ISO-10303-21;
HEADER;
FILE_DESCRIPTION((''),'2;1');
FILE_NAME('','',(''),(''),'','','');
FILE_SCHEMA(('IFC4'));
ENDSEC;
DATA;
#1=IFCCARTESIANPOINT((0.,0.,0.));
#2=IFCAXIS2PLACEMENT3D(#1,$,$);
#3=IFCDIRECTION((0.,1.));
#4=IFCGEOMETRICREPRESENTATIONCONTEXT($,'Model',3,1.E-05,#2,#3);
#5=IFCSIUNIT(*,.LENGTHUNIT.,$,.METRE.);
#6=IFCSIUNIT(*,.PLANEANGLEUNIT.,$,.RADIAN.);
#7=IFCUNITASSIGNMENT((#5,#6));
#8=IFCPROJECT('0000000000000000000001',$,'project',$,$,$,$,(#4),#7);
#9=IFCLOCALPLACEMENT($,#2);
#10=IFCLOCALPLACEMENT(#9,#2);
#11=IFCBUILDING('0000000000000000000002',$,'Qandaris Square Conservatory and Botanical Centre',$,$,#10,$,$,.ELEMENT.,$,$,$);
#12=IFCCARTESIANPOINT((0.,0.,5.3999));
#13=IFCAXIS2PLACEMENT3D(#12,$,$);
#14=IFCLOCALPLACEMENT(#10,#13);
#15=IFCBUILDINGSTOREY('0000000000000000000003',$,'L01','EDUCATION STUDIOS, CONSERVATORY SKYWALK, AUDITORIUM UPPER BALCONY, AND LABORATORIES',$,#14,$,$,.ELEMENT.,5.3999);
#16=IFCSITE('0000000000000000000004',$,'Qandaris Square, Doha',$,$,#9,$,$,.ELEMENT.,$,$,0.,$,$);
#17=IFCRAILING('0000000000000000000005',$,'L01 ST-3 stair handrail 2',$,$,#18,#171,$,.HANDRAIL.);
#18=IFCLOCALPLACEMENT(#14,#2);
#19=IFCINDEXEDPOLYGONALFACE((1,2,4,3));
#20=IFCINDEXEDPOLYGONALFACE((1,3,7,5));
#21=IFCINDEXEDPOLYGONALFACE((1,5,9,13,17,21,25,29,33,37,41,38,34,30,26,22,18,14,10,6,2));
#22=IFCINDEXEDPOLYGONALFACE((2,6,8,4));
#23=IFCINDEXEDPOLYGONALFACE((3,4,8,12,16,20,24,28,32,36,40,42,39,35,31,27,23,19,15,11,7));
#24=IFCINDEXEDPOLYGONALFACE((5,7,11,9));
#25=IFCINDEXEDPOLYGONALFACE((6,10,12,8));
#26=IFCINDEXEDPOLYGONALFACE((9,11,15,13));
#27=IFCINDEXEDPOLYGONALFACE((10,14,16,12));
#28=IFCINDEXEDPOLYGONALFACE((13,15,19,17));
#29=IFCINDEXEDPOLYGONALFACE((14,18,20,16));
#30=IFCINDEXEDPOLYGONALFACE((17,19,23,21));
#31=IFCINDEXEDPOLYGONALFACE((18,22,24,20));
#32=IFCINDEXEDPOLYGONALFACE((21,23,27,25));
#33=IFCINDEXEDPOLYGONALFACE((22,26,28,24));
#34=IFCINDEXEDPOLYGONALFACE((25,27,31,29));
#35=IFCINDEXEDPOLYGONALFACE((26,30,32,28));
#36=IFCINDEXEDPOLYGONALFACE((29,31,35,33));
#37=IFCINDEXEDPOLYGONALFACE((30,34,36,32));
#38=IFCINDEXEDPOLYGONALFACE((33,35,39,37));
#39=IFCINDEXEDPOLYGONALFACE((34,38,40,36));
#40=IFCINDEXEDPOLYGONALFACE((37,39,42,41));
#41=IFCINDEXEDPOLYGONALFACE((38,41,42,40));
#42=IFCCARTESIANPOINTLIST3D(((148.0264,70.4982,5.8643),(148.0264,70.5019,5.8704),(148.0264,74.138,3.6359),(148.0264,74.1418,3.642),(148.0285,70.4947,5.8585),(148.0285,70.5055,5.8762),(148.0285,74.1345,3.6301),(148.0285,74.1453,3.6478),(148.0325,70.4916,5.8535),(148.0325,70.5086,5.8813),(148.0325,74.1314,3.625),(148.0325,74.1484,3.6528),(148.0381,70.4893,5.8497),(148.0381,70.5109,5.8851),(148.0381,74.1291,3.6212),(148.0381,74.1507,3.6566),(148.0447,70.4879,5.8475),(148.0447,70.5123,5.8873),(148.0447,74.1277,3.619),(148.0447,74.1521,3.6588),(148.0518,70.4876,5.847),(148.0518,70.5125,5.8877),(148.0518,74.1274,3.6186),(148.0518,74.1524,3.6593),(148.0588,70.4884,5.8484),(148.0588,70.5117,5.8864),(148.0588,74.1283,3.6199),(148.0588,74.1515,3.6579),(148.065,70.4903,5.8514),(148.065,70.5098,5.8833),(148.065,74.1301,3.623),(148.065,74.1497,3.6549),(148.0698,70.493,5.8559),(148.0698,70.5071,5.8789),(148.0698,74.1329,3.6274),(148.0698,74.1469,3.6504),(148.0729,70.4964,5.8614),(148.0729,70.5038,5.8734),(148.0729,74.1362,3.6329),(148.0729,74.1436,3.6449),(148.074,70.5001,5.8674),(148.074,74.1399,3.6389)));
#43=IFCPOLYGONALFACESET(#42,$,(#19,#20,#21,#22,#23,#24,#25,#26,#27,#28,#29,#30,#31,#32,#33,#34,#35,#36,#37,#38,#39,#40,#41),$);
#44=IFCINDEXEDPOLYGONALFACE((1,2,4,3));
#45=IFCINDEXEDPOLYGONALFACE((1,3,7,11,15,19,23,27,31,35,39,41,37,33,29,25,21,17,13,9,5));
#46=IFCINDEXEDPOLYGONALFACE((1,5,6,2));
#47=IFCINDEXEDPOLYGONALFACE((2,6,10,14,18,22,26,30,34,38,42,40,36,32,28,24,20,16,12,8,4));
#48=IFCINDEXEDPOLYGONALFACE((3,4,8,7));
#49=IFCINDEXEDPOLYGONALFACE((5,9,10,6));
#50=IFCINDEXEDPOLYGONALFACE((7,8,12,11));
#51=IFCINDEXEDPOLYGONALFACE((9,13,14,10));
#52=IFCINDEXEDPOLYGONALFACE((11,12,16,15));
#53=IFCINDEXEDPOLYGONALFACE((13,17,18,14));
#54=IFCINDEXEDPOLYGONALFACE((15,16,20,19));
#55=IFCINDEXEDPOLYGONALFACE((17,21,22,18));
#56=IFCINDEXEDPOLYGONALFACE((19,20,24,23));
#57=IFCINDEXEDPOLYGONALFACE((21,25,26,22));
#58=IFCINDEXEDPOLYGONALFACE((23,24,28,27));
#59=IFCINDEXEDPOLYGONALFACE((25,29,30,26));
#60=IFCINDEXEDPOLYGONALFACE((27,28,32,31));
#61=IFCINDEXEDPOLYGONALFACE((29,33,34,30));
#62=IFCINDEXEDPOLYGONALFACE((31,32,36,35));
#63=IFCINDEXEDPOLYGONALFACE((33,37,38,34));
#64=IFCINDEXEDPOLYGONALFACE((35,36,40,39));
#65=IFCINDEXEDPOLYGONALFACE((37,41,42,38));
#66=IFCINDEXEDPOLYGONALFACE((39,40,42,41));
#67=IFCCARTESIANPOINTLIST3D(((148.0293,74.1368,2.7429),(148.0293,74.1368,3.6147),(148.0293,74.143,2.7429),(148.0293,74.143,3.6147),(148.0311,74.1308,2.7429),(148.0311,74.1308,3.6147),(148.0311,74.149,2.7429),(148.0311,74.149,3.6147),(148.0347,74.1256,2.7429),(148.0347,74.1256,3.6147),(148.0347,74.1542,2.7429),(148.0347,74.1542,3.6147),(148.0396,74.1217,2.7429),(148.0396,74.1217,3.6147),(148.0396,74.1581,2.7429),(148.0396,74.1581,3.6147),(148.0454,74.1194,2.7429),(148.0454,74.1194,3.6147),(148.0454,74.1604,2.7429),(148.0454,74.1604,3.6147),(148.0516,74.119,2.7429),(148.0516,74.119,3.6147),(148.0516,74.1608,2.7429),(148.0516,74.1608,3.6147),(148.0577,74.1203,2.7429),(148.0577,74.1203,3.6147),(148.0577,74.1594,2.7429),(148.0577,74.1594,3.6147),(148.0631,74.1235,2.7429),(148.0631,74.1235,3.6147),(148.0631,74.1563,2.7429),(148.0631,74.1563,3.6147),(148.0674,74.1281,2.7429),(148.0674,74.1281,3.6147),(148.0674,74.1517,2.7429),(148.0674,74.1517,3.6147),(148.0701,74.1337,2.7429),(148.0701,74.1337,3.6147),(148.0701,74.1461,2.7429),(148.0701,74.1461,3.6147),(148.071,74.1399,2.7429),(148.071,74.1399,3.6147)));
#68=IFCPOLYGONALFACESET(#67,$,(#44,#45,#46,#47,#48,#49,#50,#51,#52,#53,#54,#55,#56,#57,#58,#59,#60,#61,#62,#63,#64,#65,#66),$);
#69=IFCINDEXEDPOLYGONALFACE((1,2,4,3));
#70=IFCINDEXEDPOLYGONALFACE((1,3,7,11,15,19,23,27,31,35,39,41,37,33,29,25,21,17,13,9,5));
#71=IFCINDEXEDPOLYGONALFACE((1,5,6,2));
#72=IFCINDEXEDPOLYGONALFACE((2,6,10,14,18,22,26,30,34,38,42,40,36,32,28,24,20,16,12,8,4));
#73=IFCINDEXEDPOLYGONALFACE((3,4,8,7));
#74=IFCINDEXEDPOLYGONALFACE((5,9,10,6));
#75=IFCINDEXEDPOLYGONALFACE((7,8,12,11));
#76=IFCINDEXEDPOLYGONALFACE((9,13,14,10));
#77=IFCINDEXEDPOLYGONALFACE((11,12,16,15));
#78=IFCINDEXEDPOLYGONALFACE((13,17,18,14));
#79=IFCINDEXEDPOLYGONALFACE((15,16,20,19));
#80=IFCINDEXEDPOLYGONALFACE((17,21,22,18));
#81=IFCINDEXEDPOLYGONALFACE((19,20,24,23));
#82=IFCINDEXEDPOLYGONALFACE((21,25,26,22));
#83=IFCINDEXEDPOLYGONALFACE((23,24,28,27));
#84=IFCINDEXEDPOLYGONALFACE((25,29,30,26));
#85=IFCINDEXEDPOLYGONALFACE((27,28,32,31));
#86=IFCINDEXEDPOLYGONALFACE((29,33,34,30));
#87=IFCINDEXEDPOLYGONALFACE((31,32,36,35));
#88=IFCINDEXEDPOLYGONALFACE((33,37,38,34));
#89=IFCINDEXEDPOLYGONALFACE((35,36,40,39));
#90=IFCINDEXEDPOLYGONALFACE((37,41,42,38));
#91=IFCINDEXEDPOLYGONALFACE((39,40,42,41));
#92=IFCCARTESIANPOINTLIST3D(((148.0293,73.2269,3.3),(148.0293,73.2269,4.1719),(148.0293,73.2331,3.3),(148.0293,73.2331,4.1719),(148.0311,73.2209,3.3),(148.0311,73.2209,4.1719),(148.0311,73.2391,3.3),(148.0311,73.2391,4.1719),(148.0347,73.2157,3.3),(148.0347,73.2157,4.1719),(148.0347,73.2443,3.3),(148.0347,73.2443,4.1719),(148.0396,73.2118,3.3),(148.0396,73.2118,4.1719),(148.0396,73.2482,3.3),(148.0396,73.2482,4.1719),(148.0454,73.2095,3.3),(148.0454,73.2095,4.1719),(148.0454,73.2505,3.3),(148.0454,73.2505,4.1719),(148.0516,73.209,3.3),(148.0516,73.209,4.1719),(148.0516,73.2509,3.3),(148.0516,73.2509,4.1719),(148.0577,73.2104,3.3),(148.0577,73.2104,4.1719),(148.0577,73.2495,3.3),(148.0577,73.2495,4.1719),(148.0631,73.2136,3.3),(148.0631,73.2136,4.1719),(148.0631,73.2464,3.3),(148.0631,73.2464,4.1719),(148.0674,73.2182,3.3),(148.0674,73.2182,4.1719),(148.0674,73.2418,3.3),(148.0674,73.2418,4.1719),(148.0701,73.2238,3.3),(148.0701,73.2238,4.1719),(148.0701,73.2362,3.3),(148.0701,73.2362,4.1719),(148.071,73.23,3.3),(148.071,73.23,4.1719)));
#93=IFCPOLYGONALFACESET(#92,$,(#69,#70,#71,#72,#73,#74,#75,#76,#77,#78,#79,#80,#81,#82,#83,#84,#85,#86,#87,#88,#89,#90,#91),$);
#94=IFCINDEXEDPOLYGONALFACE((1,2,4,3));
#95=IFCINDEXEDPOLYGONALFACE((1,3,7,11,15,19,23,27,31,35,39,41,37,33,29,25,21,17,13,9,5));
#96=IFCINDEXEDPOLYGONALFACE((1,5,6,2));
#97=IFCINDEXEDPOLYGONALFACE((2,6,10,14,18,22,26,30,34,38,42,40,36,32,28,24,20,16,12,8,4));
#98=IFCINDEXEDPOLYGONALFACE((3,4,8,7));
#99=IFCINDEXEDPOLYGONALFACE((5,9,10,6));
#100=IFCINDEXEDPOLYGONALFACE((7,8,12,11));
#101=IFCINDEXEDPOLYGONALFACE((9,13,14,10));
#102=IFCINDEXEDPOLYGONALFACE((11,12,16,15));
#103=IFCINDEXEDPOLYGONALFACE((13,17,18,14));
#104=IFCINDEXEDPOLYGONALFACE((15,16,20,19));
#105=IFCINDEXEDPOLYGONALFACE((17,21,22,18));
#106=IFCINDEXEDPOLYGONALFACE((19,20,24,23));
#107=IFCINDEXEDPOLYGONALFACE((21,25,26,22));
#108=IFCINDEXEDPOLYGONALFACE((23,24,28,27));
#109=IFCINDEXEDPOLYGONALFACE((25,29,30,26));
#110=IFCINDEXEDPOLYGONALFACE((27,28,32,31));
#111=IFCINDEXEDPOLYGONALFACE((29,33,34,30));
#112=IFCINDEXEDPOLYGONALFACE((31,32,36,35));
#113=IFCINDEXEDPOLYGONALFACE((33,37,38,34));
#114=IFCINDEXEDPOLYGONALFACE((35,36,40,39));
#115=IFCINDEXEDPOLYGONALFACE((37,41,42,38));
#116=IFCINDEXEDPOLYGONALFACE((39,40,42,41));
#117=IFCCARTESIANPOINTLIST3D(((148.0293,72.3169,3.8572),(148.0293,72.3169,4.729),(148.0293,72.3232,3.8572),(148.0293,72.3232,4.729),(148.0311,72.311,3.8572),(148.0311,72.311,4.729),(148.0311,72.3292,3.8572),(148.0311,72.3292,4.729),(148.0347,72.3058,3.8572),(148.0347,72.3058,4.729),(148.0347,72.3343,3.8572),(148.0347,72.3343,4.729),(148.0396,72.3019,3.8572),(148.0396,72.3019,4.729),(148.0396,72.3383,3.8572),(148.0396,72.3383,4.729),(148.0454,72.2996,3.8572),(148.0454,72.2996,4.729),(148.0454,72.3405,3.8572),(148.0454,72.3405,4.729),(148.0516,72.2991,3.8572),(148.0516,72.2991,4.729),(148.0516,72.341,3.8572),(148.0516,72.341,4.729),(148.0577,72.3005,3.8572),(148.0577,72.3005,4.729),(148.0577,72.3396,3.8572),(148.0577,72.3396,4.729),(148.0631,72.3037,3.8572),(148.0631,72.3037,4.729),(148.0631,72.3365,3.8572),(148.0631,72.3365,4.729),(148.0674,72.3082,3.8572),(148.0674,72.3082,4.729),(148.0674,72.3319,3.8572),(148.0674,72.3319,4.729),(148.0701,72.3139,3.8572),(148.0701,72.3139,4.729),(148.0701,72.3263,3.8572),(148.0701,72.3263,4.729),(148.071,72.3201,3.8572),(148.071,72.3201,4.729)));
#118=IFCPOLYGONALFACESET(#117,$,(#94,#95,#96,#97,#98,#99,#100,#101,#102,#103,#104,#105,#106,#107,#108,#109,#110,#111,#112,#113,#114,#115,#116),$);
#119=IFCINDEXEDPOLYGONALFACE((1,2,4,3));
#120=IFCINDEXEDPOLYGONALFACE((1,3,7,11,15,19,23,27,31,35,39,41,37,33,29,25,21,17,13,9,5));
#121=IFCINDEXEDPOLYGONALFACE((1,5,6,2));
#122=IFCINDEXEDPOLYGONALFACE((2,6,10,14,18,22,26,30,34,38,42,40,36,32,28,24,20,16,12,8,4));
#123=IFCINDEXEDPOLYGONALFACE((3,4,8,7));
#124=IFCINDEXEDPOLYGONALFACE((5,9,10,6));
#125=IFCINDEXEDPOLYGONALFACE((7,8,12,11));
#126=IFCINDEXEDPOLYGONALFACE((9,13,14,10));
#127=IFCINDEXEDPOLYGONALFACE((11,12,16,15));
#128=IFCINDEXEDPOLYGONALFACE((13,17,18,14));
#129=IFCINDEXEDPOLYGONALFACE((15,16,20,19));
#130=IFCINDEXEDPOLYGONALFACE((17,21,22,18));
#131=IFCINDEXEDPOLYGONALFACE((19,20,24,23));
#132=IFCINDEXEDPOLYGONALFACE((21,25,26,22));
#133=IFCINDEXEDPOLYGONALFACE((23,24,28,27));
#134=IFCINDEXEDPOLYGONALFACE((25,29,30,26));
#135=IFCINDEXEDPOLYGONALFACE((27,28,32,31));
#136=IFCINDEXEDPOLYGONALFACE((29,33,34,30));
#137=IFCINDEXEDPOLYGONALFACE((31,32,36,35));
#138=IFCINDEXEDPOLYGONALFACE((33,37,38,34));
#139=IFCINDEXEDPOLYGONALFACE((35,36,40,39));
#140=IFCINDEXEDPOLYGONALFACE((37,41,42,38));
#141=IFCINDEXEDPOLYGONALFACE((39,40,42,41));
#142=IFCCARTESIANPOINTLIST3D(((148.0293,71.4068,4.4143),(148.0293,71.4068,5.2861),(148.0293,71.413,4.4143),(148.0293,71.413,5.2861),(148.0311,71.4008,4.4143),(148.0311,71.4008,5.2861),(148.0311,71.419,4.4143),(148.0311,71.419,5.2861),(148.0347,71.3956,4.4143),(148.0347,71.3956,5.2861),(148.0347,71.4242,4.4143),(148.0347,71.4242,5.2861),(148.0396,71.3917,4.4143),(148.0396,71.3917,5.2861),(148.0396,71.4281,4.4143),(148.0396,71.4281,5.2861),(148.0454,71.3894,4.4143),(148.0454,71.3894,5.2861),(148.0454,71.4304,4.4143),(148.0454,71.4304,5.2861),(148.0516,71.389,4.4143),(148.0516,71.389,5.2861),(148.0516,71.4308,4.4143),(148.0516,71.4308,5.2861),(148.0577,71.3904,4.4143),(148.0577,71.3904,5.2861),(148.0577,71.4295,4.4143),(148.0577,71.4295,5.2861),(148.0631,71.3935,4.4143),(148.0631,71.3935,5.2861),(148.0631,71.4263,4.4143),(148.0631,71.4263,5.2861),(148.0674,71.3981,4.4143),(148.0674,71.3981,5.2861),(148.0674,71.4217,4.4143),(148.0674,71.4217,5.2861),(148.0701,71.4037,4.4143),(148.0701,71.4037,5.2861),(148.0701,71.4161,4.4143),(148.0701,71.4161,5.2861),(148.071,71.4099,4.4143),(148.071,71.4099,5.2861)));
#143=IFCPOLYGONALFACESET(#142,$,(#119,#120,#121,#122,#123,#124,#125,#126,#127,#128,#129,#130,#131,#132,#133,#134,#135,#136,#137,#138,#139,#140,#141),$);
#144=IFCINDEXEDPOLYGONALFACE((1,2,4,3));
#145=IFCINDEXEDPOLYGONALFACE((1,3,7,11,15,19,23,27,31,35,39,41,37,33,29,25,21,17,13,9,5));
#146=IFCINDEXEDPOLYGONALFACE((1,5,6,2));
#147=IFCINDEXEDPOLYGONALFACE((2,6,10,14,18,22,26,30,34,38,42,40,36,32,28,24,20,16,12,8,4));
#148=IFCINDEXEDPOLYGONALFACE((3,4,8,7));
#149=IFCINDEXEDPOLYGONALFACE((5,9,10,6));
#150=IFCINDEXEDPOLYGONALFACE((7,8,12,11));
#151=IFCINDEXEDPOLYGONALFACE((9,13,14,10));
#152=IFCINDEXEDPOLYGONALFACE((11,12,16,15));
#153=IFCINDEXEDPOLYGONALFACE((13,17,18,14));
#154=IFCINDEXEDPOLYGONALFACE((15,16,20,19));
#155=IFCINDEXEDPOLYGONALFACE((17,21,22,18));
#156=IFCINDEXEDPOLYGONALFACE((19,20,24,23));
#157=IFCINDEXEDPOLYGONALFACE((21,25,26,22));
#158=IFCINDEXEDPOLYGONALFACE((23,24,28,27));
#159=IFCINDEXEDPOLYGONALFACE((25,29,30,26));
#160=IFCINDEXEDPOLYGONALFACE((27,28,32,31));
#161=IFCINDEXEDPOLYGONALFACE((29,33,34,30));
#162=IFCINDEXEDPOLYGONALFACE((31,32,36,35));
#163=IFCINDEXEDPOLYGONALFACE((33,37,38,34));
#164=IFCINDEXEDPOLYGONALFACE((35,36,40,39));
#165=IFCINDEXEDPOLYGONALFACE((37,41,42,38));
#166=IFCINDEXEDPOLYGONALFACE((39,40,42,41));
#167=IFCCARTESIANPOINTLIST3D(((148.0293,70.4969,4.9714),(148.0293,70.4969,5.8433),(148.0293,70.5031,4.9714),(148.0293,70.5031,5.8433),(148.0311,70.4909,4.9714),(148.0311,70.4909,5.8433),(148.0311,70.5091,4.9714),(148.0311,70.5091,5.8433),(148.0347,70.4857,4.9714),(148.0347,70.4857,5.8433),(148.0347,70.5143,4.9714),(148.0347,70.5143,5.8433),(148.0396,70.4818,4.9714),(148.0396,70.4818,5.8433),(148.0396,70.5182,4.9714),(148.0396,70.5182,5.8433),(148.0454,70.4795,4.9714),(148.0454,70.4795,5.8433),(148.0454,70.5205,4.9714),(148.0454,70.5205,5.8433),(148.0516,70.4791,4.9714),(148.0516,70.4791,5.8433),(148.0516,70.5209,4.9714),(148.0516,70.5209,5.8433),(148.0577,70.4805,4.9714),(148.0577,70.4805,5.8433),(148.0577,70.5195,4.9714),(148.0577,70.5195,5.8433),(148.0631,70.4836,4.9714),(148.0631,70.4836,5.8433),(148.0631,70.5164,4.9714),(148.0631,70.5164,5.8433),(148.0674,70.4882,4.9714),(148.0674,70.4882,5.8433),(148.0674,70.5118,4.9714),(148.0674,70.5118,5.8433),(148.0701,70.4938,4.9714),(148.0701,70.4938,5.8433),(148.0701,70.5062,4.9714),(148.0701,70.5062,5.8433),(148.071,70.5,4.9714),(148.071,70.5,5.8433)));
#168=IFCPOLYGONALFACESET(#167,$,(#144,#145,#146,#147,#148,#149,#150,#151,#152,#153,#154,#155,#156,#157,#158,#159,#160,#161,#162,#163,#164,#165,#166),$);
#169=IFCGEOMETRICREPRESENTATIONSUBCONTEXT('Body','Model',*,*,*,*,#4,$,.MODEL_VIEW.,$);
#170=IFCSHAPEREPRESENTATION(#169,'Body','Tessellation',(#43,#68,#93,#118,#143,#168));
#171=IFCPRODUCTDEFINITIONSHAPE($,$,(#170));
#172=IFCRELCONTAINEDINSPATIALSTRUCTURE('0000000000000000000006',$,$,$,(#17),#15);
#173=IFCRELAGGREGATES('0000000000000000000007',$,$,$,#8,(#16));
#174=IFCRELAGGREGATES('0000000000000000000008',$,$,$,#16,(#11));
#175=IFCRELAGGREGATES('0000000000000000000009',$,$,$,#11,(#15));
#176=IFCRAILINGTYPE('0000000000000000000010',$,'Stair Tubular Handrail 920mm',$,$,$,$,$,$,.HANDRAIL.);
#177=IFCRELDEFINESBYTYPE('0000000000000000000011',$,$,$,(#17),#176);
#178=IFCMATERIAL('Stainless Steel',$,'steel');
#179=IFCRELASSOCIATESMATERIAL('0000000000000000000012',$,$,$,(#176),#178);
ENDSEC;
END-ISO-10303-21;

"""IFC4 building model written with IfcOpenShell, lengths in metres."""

from ifc_helpers import new_model, si_unit, direction, frame, origin, origin_2d, place, context, subcontext, project, spatial, circle, extrude, material, type_object, element, save


model = new_model("IFC4")

# Units and contexts
model_context = context("Model", 3, precision=1e-05, world=origin(), true_north=direction((0.0, 1.0)))
body_context = subcontext(model_context, "Body", "Model", "MODEL_VIEW")
ifc_project = project(units=[si_unit("LENGTHUNIT", "METRE"), si_unit("PLANEANGLEUNIT", "RADIAN")], contexts=[model_context])

# Site, building, storey
site_placement = place(None, origin())
site = spatial("IfcSite", under=ifc_project, at=site_placement, Name="Qandaris Square, Doha", CompositionType="ELEMENT", RefElevation=0.0)
building_placement = place(site_placement, origin())
building = spatial("IfcBuilding", under=site, at=building_placement, Name="Qandaris Square Conservatory and Botanical Centre", CompositionType="ELEMENT")
storey_placement = place(building_placement, frame((0.0, 0.0, 5.3999)))
storey = spatial("IfcBuildingStorey", under=building, at=storey_placement, Name="L01", Description="EDUCATION STUDIOS, CONSERVATORY SKYWALK, AUDITORIUM UPPER BALCONY, AND LABORATORIES", CompositionType="ELEMENT", Elevation=5.3999)

# Railing
ifc_material_1 = material(Name="Stainless Steel", Category="steel")
railing_type_1 = type_object("IfcRailingType", Name="Stair Tubular Handrail 920mm", PredefinedType="HANDRAIL", material=ifc_material_1)
railing_1_placement = place(storey_placement, frame((148.05, 74.1399, 2.7429)))
element("IfcRailing", 1, at=railing_1_placement, inside=storey, type_object=railing_type_1, Name="L01 ST-3 stair handrail 2", PredefinedType="HANDRAIL", context=body_context, shape_type="SweptSolid", body=[
    extrude(circle(Radius=0.0239, at=origin_2d()), frame((0.0, 0.0, 0.896), z_axis=(0.0, -0.85285, 0.522156), x_axis=(1.0, 0.0, 0.0)), (0.0, 0.0, 1.0), 4.2678),
    extrude(circle(Radius=0.021, at=origin_2d()), origin(), (0.0, 0.0, 1.0), 0.8718),
    extrude(circle(Radius=0.021, at=origin_2d()), frame((0.0, -0.9099, 0.5571)), (0.0, 0.0, 1.0), 0.8718),
    extrude(circle(Radius=0.021, at=origin_2d()), frame((0.0, -1.8198, 1.1143)), (0.0, 0.0, 1.0), 0.8718),
    extrude(circle(Radius=0.021, at=origin_2d()), frame((0.0, -2.73, 1.6714)), (0.0, 0.0, 1.0), 0.8718),
    extrude(circle(Radius=0.021, at=origin_2d()), frame((0.0, -3.6399, 2.2285)), (0.0, 0.0, 1.0), 0.8718),
])

save(model, "model.ifc")
